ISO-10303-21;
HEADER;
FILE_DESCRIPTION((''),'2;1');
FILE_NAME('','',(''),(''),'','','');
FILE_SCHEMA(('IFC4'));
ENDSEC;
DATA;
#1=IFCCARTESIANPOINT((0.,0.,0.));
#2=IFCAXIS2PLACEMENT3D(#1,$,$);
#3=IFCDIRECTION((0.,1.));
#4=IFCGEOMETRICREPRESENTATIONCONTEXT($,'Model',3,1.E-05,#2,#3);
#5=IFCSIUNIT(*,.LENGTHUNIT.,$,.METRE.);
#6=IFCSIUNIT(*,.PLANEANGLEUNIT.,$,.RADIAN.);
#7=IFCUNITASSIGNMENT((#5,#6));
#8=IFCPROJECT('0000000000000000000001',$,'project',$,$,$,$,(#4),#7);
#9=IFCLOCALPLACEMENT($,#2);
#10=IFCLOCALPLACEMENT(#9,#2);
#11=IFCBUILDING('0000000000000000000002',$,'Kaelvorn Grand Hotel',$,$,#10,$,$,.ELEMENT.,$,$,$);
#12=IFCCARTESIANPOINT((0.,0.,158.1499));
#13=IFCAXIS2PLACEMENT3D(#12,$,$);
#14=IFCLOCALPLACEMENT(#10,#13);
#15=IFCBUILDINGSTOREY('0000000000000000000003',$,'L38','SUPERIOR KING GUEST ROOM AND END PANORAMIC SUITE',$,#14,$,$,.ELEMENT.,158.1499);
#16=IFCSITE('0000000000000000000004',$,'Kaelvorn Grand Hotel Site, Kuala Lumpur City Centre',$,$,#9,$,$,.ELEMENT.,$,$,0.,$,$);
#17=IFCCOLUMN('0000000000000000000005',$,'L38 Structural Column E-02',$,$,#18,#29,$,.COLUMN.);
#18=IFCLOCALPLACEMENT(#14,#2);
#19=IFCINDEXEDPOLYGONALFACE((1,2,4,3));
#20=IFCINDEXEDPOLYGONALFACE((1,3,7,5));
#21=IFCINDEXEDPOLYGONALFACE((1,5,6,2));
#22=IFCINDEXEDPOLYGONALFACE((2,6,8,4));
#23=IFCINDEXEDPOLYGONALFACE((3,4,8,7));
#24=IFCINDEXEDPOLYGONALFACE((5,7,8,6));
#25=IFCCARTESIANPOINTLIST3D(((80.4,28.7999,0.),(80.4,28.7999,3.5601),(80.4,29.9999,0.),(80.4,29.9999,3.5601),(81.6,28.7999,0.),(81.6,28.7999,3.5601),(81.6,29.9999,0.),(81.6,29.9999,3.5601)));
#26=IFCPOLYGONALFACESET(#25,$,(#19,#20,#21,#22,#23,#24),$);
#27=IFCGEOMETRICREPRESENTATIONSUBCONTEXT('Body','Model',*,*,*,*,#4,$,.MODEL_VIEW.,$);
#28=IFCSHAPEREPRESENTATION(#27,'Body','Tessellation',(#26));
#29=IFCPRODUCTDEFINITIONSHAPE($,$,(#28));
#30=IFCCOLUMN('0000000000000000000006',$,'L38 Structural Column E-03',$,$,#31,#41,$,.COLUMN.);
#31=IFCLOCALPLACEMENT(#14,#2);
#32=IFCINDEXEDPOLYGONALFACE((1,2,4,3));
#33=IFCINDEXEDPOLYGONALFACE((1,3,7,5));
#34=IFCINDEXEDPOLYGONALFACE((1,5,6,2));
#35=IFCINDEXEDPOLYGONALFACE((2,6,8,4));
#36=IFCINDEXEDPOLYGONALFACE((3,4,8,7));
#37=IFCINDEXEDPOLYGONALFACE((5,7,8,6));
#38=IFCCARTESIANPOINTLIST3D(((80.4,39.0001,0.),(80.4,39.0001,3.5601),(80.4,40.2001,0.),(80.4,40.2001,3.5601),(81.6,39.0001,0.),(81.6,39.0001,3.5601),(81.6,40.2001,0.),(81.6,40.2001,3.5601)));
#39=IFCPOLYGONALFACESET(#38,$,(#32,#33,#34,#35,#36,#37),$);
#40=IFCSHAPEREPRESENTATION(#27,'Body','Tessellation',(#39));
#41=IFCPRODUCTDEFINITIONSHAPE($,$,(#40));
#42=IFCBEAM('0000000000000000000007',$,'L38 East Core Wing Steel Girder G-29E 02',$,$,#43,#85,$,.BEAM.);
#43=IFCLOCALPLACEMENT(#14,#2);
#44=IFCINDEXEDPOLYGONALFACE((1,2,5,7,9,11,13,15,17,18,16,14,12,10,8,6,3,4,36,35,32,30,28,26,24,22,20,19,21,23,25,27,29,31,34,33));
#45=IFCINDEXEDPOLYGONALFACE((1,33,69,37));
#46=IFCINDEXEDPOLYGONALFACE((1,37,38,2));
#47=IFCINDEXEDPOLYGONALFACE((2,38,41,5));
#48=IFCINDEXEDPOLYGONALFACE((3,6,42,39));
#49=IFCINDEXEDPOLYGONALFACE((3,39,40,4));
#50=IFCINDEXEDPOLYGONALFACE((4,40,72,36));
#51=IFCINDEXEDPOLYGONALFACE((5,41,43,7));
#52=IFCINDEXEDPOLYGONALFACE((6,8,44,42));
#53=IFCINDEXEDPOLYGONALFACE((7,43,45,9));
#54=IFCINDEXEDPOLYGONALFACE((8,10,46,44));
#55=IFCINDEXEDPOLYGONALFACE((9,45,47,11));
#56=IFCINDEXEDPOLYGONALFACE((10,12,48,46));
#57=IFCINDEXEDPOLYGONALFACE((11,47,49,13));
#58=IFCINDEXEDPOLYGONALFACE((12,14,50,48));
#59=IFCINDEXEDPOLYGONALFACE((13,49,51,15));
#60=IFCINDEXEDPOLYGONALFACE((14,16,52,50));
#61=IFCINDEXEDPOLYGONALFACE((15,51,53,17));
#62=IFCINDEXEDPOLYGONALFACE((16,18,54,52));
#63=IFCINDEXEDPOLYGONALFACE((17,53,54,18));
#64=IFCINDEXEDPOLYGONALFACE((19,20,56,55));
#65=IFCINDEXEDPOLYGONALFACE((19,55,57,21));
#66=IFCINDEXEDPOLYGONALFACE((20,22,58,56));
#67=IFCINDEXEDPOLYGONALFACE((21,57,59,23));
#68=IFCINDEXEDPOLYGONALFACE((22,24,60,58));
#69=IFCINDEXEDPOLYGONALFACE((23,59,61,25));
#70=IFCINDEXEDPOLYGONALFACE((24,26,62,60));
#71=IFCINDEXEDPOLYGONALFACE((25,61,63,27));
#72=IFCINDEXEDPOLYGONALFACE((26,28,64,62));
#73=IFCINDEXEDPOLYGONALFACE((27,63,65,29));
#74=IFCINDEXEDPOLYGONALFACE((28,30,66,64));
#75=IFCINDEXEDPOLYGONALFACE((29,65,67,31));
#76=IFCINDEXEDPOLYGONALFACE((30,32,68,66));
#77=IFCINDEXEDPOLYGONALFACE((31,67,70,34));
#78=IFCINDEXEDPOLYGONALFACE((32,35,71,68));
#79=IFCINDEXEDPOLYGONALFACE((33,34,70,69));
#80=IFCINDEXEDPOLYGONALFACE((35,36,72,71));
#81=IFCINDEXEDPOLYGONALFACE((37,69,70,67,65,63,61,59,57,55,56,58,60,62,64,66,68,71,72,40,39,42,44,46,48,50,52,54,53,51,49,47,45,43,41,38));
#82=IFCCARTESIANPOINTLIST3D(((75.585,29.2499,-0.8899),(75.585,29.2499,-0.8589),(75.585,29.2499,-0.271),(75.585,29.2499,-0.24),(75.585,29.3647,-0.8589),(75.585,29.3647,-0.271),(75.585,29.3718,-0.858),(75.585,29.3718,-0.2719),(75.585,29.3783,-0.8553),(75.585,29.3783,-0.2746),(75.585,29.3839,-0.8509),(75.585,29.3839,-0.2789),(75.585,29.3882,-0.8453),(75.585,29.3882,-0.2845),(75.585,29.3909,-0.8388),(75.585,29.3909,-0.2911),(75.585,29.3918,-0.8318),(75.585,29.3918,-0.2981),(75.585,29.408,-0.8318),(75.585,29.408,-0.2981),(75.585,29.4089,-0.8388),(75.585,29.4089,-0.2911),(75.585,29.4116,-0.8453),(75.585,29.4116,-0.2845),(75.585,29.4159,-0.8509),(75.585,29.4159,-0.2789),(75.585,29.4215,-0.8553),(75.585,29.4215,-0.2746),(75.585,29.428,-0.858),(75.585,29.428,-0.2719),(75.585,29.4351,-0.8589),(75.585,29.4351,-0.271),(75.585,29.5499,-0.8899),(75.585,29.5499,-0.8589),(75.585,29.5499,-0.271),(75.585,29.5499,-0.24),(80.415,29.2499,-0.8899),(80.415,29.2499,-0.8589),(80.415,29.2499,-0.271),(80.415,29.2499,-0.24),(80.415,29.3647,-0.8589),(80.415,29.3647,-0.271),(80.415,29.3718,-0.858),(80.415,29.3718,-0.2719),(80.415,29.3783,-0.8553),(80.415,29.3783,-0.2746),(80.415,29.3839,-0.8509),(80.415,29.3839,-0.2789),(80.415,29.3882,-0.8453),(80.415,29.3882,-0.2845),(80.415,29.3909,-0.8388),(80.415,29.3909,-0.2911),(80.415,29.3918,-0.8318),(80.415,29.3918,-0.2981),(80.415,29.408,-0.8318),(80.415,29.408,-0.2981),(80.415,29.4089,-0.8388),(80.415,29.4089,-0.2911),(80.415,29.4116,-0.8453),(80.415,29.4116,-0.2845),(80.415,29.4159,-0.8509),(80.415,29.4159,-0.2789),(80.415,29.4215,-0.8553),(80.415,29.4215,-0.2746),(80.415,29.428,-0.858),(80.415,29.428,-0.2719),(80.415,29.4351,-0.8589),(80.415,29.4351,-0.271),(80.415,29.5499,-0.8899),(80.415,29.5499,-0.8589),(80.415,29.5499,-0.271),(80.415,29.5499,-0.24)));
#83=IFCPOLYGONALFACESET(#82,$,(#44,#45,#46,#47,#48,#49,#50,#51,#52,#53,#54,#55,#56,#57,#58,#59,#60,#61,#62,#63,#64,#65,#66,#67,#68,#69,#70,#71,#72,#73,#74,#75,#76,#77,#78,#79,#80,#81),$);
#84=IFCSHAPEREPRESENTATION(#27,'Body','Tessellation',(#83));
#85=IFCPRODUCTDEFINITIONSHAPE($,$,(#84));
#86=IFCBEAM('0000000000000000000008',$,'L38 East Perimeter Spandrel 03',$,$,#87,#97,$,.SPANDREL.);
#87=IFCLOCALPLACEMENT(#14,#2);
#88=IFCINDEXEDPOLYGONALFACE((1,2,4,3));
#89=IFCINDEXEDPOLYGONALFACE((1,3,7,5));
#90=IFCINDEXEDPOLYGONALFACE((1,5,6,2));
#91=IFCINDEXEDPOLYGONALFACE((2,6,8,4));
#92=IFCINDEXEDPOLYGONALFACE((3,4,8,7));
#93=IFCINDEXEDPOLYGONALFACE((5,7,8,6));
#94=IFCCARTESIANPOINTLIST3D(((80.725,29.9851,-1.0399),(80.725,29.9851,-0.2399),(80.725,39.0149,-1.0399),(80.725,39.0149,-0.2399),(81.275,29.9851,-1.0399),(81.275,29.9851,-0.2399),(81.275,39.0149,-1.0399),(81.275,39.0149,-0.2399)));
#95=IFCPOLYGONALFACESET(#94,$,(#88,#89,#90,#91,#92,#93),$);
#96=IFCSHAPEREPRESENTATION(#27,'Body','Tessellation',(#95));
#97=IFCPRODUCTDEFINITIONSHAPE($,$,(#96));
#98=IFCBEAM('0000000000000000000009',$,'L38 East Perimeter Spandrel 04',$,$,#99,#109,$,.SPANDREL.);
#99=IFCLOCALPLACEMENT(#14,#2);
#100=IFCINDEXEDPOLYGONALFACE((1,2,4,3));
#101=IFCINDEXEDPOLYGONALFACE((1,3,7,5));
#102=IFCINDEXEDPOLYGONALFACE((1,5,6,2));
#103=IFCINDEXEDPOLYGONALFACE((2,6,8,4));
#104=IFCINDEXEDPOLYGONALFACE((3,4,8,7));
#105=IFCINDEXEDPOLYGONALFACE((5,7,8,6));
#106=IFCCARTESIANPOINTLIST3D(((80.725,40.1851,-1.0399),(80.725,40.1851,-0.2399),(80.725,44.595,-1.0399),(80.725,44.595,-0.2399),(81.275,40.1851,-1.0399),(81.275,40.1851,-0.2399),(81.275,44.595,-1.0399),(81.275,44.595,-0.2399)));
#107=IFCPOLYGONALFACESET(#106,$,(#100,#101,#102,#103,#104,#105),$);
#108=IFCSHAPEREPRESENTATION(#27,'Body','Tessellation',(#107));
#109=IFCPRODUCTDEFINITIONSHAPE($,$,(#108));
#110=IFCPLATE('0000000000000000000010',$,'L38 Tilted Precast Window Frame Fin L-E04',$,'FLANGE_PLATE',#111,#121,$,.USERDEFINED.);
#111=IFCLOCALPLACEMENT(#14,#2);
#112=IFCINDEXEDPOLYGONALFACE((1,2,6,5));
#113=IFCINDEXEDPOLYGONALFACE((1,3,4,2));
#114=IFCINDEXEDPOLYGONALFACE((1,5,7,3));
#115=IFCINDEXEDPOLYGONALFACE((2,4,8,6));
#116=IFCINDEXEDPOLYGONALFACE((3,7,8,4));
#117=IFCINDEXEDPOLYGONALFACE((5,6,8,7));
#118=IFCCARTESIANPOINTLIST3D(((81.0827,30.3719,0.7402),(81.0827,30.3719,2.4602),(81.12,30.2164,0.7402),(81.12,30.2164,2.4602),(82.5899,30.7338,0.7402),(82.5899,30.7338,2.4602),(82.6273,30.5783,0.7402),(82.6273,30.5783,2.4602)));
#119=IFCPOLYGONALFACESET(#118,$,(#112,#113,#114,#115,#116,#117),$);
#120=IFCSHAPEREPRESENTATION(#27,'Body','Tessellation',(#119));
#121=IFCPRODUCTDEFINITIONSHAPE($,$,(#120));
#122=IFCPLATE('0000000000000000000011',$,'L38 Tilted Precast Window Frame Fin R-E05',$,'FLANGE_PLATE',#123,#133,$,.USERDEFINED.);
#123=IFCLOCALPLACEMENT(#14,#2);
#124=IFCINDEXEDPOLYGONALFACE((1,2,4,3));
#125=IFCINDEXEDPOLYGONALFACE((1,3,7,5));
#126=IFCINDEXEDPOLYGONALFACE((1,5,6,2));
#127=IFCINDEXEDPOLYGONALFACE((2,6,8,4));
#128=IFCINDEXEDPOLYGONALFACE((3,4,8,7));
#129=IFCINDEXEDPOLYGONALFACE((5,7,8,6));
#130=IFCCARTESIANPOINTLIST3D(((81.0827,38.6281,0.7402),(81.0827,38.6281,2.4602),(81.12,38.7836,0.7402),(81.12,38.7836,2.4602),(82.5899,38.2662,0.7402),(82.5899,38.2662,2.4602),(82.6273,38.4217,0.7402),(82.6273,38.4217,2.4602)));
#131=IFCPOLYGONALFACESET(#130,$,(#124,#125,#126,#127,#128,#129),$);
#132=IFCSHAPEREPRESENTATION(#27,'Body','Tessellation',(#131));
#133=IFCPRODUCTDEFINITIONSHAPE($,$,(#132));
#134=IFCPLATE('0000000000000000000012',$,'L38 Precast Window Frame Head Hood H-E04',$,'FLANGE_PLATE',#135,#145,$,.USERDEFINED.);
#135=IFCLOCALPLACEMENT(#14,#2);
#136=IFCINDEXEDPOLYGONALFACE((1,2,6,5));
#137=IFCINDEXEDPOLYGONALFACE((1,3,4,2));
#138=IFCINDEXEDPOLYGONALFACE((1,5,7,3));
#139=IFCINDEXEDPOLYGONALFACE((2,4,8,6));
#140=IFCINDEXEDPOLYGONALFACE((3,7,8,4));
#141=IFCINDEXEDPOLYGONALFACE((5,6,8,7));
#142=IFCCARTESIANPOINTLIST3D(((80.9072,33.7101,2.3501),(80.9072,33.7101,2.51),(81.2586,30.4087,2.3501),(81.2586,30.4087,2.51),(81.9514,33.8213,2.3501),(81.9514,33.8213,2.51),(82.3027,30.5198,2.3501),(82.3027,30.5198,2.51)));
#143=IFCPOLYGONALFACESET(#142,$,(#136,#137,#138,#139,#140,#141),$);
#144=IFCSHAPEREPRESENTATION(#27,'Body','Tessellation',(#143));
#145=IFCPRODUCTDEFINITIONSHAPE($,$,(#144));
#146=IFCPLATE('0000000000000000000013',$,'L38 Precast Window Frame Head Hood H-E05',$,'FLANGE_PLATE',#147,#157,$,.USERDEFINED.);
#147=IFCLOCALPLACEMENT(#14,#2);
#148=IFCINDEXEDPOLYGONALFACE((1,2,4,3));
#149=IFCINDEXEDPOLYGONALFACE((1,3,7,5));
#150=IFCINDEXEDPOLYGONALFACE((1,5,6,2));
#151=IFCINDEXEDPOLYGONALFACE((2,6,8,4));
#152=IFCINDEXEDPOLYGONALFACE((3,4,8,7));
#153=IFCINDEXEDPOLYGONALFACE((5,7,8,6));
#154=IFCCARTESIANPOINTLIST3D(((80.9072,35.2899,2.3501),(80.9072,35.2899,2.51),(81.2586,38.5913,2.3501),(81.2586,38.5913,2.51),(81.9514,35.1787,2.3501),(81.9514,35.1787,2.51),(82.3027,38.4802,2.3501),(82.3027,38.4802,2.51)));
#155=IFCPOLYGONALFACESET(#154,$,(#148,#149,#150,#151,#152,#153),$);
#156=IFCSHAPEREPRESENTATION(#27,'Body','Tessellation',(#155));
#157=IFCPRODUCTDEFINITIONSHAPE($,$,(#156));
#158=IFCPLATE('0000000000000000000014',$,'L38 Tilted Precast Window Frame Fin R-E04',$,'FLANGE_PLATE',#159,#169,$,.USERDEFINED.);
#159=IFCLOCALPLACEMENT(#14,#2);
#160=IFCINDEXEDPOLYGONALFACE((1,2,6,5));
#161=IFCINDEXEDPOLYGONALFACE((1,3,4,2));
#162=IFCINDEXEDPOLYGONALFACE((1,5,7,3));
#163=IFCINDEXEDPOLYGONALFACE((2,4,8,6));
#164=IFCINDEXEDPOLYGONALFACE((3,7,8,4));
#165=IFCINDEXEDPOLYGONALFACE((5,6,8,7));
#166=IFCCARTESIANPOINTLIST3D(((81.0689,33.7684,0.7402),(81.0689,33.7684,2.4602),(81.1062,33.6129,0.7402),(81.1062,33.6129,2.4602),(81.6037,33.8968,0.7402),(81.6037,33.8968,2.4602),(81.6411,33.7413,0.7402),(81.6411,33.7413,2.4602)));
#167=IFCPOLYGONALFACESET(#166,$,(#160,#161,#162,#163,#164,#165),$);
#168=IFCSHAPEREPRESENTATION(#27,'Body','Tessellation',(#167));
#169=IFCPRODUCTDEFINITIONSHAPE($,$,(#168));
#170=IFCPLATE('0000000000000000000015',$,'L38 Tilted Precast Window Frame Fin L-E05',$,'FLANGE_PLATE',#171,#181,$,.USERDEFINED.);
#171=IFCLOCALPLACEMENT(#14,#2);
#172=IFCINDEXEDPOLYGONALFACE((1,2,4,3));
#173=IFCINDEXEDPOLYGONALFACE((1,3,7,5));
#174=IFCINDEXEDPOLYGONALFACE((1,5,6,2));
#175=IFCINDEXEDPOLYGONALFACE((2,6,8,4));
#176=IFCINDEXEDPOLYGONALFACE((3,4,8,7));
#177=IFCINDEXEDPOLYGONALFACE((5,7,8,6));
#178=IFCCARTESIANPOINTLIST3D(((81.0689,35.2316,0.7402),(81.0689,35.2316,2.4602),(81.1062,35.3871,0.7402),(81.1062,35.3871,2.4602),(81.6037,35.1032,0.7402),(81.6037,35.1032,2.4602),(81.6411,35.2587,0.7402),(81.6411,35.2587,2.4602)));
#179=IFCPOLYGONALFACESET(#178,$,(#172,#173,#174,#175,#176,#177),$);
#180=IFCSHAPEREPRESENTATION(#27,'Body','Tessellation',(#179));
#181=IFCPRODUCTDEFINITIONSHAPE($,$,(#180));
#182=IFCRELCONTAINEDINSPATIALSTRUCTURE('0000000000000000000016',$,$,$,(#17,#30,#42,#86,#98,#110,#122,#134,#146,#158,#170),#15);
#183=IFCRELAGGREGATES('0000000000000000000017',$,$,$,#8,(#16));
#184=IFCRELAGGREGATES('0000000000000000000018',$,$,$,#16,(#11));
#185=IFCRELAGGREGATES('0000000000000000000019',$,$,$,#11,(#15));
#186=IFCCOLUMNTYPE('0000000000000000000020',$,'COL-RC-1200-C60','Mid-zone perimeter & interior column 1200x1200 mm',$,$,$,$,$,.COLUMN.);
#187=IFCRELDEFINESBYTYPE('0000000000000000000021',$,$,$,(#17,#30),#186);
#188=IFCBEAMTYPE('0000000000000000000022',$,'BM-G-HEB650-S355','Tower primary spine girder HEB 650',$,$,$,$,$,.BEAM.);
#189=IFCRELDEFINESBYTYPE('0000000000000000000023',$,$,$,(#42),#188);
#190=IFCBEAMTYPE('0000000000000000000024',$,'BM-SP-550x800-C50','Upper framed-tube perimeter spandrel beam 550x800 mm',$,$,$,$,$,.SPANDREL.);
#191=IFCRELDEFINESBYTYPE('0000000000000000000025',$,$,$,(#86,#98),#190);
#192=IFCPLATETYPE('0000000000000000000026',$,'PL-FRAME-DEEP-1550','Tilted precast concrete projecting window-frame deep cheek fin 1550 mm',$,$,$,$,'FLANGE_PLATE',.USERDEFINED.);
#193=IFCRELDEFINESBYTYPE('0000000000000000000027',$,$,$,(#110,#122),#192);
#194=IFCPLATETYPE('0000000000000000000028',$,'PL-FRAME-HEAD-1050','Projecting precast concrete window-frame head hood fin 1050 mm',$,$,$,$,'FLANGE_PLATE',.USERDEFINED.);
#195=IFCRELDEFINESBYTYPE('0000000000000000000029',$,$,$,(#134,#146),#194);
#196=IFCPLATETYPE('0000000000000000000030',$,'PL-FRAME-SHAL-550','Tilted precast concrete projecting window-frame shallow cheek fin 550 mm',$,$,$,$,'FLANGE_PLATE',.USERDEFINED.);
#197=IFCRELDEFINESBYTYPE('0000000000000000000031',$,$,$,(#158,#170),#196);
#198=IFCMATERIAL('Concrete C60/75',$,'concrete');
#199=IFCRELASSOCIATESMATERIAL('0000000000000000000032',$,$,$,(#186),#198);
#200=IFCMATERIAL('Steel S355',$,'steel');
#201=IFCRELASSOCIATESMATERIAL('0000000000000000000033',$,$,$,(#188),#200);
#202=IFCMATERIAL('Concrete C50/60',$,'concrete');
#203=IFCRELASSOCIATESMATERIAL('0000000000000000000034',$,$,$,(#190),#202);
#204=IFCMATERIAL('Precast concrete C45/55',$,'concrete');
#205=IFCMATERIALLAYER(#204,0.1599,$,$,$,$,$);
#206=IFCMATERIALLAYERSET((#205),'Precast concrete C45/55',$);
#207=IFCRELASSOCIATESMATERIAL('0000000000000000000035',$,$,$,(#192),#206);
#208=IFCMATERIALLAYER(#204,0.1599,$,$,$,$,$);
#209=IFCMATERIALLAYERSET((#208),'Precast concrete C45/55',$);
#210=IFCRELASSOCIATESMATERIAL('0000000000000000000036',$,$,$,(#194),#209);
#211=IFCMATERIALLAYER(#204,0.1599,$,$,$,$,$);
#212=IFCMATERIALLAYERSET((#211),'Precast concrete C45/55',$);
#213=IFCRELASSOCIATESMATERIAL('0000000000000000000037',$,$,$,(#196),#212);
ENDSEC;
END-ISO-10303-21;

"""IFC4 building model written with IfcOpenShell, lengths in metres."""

from ifc_helpers import new_model, si_unit, direction, frame, origin, origin_2d, place, context, subcontext, project, spatial, rectangle, i_section, extrude, material, layer, layer_set, material_profile, profile_set, type_object, element, save


model = new_model("IFC4")

# Units and contexts
model_context = context("Model", 3, precision=1e-05, world=origin(), true_north=direction((0.0, 1.0)))
body_context = subcontext(model_context, "Body", "Model", "MODEL_VIEW")
ifc_project = project(units=[si_unit("LENGTHUNIT", "METRE"), si_unit("PLANEANGLEUNIT", "RADIAN")], contexts=[model_context])

# Site, building, storey
site_placement = place(None, origin())
site = spatial("IfcSite", under=ifc_project, at=site_placement, Name="Kaelvorn Grand Hotel Site, Kuala Lumpur City Centre", CompositionType="ELEMENT", RefElevation=0.0)
building_placement = place(site_placement, origin())
building = spatial("IfcBuilding", under=site, at=building_placement, Name="Kaelvorn Grand Hotel", CompositionType="ELEMENT")
storey_placement = place(building_placement, frame((0.0, 0.0, 158.1499)))
storey = spatial("IfcBuildingStorey", under=building, at=storey_placement, Name="L38", Description="SUPERIOR KING GUEST ROOM AND END PANORAMIC SUITE", CompositionType="ELEMENT", Elevation=158.1499)

# Columns
ifc_material_1 = material(Name="Concrete C60/75", Category="concrete")
ifc_material_profile_1 = material_profile(ifc_material_1, rectangle(XDim=1.2, YDim=1.2, at=origin_2d()), Name="RC COL 1200x1200")
ifc_profile_set_1 = profile_set([ifc_material_profile_1], Name="Concrete C60/75")
column_type = type_object("IfcColumnType", Name="COL-RC-1200-C60", Description="Mid-zone perimeter & interior column 1200x1200 mm", PredefinedType="COLUMN", material=ifc_profile_set_1)
for number, where, z_axis, x_axis, name in (
    (1, (81.0, 29.3999, 0.0), (0.0, 0.0, 1.0), (1.0, 0.0, 0.0), "L38 Structural Column E-02"),
    (2, (81.0, 39.6001, 0.0), (0.0, 0.0, 1.0), (1.0, 0.0, 0.0), "L38 Structural Column E-03"),
):
    element("IfcColumn", number, at=place(storey_placement, frame(where, z_axis=z_axis, x_axis=x_axis)), inside=storey, type_object=column_type, Name=name, PredefinedType="COLUMN", context=body_context, shape_type="SweptSolid", body=[
        extrude(rectangle(XDim=1.2, YDim=1.2, at=origin_2d()), origin(), (0.0, 0.0, 1.0), 3.5601),
    ])

# Beams
ifc_material_2 = material(Name="Steel S355", Category="steel")
ifc_material_profile_2 = material_profile(ifc_material_2, i_section(OverallWidth=0.3, OverallDepth=0.6499, WebThickness=0.0161, FlangeThickness=0.031, FilletRadius=0.0271, at=origin_2d()), Name="HEB 650")
ifc_profile_set_2 = profile_set([ifc_material_profile_2], Name="Steel S355")
beam_type_1 = type_object("IfcBeamType", Name="BM-G-HEB650-S355", Description="Tower primary spine girder HEB 650", PredefinedType="BEAM", material=ifc_profile_set_2)
beam_1_placement = place(storey_placement, frame((75.585, 29.3999, -0.5649), z_axis=(1.0, 0.0, 0.0), x_axis=(0.0, 1.0, 0.0)))
element("IfcBeam", 3, at=beam_1_placement, inside=storey, type_object=beam_type_1, Name="L38 East Core Wing Steel Girder G-29E 02", PredefinedType="BEAM", context=body_context, shape_type="SweptSolid", body=[
    extrude(i_section(OverallWidth=0.3, OverallDepth=0.6499, WebThickness=0.0161, FlangeThickness=0.031, FilletRadius=0.0271, at=origin_2d()), origin(), (0.0, 0.0, 1.0), 4.8301),
])
ifc_material_3 = material(Name="Concrete C50/60", Category="concrete")
ifc_material_profile_3 = material_profile(ifc_material_3, rectangle(XDim=0.55, YDim=0.8, at=origin_2d()), Name="RC SPANDREL 550x800")
ifc_profile_set_3 = profile_set([ifc_material_profile_3], Name="Concrete C50/60")
beam_type_2 = type_object("IfcBeamType", Name="BM-SP-550x800-C50", Description="Upper framed-tube perimeter spandrel beam 550x800 mm", PredefinedType="SPANDREL", material=ifc_profile_set_3)
beam_2_placement = place(storey_placement, frame((81.0, 29.9851, -0.6399), z_axis=(0.0, 1.0, 0.0), x_axis=(-1.0, 0.0, 0.0)))
element("IfcBeam", 4, at=beam_2_placement, inside=storey, type_object=beam_type_2, Name="L38 East Perimeter Spandrel 03", PredefinedType="SPANDREL", context=body_context, shape_type="SweptSolid", body=[
    extrude(rectangle(XDim=0.55, YDim=0.8, at=origin_2d()), origin(), (0.0, 0.0, 1.0), 9.0298),
])
beam_3_placement = place(storey_placement, frame((81.0, 40.1851, -0.6399), z_axis=(0.0, 1.0, 0.0), x_axis=(-1.0, 0.0, 0.0)))
element("IfcBeam", 5, at=beam_3_placement, inside=storey, type_object=beam_type_2, Name="L38 East Perimeter Spandrel 04", PredefinedType="SPANDREL", context=body_context, shape_type="SweptSolid", body=[
    extrude(rectangle(XDim=0.55, YDim=0.8, at=origin_2d()), origin(), (0.0, 0.0, 1.0), 4.4099),
])

# Plates
ifc_material_4 = material(Name="Precast concrete C45/55", Category="concrete")
ifc_layer_1 = layer(ifc_material_4, 0.1599)
ifc_layer_set_1 = layer_set([ifc_layer_1], Name="Precast concrete C45/55")
plate_type_1 = type_object("IfcPlateType", Name="PL-FRAME-DEEP-1550", Description="Tilted precast concrete projecting window-frame deep cheek fin 1550 mm", ElementType="FLANGE_PLATE", PredefinedType="USERDEFINED", material=ifc_layer_set_1)
for number, where, z_axis, x_axis, name in (
    (6, (81.855, 30.4751, 0.7402), (0.0, 0.0, 1.0), (-0.233445, 0.97237, 0.0), "L38 Tilted Precast Window Frame Fin L-E04"),
    (7, (81.855, 38.5249, 0.7402), (0.0, 0.0, 1.0), (0.233445, 0.97237, 0.0), "L38 Tilted Precast Window Frame Fin R-E05"),
):
    element("IfcPlate", number, at=place(storey_placement, frame(where, z_axis=z_axis, x_axis=x_axis)), inside=storey, type_object=plate_type_1, Name=name, ObjectType="FLANGE_PLATE", PredefinedType="USERDEFINED", context=body_context, shape_type="SweptSolid", body=[
        extrude(rectangle(XDim=0.1599, YDim=1.55, at=origin_2d()), origin(), (0.0, 0.0, 1.0), 1.72),
    ])
ifc_layer_2 = layer(ifc_material_4, 0.1599)
ifc_layer_set_2 = layer_set([ifc_layer_2], Name="Precast concrete C45/55")
plate_type_2 = type_object("IfcPlateType", Name="PL-FRAME-HEAD-1050", Description="Projecting precast concrete window-frame head hood fin 1050 mm", ElementType="FLANGE_PLATE", PredefinedType="USERDEFINED", material=ifc_layer_set_2)
for number, where, z_axis, x_axis, name in (
    (8, (81.605, 32.115, 2.3501), (0.0, 0.0, 1.0), (-0.10583, 0.994384, 0.0), "L38 Precast Window Frame Head Hood H-E04"),
    (9, (81.605, 36.885, 2.3501), (0.0, 0.0, 1.0), (0.10583, 0.994384, 0.0), "L38 Precast Window Frame Head Hood H-E05"),
):
    element("IfcPlate", number, at=place(storey_placement, frame(where, z_axis=z_axis, x_axis=x_axis)), inside=storey, type_object=plate_type_2, Name=name, ObjectType="FLANGE_PLATE", PredefinedType="USERDEFINED", context=body_context, shape_type="SweptSolid", body=[
        extrude(rectangle(XDim=3.3201, YDim=1.05, at=origin_2d()), origin(), (0.0, 0.0, 1.0), 0.1599),
    ])
ifc_layer_3 = layer(ifc_material_4, 0.1599)
ifc_layer_set_3 = layer_set([ifc_layer_3], Name="Precast concrete C45/55")
plate_type_3 = type_object("IfcPlateType", Name="PL-FRAME-SHAL-550", Description="Tilted precast concrete projecting window-frame shallow cheek fin 550 mm", ElementType="FLANGE_PLATE", PredefinedType="USERDEFINED", material=ifc_layer_set_3)
for number, where, z_axis, x_axis, name in (
    (10, (81.355, 33.7549, 0.7402), (0.0, 0.0, 1.0), (-0.233445, 0.97237, 0.0), "L38 Tilted Precast Window Frame Fin R-E04"),
    (11, (81.355, 35.2451, 0.7402), (0.0, 0.0, 1.0), (0.233445, 0.97237, 0.0), "L38 Tilted Precast Window Frame Fin L-E05"),
):
    element("IfcPlate", number, at=place(storey_placement, frame(where, z_axis=z_axis, x_axis=x_axis)), inside=storey, type_object=plate_type_3, Name=name, ObjectType="FLANGE_PLATE", PredefinedType="USERDEFINED", context=body_context, shape_type="SweptSolid", body=[
        extrude(rectangle(XDim=0.1599, YDim=0.55, at=origin_2d()), origin(), (0.0, 0.0, 1.0), 1.72),
    ])

save(model, "model.ifc")
